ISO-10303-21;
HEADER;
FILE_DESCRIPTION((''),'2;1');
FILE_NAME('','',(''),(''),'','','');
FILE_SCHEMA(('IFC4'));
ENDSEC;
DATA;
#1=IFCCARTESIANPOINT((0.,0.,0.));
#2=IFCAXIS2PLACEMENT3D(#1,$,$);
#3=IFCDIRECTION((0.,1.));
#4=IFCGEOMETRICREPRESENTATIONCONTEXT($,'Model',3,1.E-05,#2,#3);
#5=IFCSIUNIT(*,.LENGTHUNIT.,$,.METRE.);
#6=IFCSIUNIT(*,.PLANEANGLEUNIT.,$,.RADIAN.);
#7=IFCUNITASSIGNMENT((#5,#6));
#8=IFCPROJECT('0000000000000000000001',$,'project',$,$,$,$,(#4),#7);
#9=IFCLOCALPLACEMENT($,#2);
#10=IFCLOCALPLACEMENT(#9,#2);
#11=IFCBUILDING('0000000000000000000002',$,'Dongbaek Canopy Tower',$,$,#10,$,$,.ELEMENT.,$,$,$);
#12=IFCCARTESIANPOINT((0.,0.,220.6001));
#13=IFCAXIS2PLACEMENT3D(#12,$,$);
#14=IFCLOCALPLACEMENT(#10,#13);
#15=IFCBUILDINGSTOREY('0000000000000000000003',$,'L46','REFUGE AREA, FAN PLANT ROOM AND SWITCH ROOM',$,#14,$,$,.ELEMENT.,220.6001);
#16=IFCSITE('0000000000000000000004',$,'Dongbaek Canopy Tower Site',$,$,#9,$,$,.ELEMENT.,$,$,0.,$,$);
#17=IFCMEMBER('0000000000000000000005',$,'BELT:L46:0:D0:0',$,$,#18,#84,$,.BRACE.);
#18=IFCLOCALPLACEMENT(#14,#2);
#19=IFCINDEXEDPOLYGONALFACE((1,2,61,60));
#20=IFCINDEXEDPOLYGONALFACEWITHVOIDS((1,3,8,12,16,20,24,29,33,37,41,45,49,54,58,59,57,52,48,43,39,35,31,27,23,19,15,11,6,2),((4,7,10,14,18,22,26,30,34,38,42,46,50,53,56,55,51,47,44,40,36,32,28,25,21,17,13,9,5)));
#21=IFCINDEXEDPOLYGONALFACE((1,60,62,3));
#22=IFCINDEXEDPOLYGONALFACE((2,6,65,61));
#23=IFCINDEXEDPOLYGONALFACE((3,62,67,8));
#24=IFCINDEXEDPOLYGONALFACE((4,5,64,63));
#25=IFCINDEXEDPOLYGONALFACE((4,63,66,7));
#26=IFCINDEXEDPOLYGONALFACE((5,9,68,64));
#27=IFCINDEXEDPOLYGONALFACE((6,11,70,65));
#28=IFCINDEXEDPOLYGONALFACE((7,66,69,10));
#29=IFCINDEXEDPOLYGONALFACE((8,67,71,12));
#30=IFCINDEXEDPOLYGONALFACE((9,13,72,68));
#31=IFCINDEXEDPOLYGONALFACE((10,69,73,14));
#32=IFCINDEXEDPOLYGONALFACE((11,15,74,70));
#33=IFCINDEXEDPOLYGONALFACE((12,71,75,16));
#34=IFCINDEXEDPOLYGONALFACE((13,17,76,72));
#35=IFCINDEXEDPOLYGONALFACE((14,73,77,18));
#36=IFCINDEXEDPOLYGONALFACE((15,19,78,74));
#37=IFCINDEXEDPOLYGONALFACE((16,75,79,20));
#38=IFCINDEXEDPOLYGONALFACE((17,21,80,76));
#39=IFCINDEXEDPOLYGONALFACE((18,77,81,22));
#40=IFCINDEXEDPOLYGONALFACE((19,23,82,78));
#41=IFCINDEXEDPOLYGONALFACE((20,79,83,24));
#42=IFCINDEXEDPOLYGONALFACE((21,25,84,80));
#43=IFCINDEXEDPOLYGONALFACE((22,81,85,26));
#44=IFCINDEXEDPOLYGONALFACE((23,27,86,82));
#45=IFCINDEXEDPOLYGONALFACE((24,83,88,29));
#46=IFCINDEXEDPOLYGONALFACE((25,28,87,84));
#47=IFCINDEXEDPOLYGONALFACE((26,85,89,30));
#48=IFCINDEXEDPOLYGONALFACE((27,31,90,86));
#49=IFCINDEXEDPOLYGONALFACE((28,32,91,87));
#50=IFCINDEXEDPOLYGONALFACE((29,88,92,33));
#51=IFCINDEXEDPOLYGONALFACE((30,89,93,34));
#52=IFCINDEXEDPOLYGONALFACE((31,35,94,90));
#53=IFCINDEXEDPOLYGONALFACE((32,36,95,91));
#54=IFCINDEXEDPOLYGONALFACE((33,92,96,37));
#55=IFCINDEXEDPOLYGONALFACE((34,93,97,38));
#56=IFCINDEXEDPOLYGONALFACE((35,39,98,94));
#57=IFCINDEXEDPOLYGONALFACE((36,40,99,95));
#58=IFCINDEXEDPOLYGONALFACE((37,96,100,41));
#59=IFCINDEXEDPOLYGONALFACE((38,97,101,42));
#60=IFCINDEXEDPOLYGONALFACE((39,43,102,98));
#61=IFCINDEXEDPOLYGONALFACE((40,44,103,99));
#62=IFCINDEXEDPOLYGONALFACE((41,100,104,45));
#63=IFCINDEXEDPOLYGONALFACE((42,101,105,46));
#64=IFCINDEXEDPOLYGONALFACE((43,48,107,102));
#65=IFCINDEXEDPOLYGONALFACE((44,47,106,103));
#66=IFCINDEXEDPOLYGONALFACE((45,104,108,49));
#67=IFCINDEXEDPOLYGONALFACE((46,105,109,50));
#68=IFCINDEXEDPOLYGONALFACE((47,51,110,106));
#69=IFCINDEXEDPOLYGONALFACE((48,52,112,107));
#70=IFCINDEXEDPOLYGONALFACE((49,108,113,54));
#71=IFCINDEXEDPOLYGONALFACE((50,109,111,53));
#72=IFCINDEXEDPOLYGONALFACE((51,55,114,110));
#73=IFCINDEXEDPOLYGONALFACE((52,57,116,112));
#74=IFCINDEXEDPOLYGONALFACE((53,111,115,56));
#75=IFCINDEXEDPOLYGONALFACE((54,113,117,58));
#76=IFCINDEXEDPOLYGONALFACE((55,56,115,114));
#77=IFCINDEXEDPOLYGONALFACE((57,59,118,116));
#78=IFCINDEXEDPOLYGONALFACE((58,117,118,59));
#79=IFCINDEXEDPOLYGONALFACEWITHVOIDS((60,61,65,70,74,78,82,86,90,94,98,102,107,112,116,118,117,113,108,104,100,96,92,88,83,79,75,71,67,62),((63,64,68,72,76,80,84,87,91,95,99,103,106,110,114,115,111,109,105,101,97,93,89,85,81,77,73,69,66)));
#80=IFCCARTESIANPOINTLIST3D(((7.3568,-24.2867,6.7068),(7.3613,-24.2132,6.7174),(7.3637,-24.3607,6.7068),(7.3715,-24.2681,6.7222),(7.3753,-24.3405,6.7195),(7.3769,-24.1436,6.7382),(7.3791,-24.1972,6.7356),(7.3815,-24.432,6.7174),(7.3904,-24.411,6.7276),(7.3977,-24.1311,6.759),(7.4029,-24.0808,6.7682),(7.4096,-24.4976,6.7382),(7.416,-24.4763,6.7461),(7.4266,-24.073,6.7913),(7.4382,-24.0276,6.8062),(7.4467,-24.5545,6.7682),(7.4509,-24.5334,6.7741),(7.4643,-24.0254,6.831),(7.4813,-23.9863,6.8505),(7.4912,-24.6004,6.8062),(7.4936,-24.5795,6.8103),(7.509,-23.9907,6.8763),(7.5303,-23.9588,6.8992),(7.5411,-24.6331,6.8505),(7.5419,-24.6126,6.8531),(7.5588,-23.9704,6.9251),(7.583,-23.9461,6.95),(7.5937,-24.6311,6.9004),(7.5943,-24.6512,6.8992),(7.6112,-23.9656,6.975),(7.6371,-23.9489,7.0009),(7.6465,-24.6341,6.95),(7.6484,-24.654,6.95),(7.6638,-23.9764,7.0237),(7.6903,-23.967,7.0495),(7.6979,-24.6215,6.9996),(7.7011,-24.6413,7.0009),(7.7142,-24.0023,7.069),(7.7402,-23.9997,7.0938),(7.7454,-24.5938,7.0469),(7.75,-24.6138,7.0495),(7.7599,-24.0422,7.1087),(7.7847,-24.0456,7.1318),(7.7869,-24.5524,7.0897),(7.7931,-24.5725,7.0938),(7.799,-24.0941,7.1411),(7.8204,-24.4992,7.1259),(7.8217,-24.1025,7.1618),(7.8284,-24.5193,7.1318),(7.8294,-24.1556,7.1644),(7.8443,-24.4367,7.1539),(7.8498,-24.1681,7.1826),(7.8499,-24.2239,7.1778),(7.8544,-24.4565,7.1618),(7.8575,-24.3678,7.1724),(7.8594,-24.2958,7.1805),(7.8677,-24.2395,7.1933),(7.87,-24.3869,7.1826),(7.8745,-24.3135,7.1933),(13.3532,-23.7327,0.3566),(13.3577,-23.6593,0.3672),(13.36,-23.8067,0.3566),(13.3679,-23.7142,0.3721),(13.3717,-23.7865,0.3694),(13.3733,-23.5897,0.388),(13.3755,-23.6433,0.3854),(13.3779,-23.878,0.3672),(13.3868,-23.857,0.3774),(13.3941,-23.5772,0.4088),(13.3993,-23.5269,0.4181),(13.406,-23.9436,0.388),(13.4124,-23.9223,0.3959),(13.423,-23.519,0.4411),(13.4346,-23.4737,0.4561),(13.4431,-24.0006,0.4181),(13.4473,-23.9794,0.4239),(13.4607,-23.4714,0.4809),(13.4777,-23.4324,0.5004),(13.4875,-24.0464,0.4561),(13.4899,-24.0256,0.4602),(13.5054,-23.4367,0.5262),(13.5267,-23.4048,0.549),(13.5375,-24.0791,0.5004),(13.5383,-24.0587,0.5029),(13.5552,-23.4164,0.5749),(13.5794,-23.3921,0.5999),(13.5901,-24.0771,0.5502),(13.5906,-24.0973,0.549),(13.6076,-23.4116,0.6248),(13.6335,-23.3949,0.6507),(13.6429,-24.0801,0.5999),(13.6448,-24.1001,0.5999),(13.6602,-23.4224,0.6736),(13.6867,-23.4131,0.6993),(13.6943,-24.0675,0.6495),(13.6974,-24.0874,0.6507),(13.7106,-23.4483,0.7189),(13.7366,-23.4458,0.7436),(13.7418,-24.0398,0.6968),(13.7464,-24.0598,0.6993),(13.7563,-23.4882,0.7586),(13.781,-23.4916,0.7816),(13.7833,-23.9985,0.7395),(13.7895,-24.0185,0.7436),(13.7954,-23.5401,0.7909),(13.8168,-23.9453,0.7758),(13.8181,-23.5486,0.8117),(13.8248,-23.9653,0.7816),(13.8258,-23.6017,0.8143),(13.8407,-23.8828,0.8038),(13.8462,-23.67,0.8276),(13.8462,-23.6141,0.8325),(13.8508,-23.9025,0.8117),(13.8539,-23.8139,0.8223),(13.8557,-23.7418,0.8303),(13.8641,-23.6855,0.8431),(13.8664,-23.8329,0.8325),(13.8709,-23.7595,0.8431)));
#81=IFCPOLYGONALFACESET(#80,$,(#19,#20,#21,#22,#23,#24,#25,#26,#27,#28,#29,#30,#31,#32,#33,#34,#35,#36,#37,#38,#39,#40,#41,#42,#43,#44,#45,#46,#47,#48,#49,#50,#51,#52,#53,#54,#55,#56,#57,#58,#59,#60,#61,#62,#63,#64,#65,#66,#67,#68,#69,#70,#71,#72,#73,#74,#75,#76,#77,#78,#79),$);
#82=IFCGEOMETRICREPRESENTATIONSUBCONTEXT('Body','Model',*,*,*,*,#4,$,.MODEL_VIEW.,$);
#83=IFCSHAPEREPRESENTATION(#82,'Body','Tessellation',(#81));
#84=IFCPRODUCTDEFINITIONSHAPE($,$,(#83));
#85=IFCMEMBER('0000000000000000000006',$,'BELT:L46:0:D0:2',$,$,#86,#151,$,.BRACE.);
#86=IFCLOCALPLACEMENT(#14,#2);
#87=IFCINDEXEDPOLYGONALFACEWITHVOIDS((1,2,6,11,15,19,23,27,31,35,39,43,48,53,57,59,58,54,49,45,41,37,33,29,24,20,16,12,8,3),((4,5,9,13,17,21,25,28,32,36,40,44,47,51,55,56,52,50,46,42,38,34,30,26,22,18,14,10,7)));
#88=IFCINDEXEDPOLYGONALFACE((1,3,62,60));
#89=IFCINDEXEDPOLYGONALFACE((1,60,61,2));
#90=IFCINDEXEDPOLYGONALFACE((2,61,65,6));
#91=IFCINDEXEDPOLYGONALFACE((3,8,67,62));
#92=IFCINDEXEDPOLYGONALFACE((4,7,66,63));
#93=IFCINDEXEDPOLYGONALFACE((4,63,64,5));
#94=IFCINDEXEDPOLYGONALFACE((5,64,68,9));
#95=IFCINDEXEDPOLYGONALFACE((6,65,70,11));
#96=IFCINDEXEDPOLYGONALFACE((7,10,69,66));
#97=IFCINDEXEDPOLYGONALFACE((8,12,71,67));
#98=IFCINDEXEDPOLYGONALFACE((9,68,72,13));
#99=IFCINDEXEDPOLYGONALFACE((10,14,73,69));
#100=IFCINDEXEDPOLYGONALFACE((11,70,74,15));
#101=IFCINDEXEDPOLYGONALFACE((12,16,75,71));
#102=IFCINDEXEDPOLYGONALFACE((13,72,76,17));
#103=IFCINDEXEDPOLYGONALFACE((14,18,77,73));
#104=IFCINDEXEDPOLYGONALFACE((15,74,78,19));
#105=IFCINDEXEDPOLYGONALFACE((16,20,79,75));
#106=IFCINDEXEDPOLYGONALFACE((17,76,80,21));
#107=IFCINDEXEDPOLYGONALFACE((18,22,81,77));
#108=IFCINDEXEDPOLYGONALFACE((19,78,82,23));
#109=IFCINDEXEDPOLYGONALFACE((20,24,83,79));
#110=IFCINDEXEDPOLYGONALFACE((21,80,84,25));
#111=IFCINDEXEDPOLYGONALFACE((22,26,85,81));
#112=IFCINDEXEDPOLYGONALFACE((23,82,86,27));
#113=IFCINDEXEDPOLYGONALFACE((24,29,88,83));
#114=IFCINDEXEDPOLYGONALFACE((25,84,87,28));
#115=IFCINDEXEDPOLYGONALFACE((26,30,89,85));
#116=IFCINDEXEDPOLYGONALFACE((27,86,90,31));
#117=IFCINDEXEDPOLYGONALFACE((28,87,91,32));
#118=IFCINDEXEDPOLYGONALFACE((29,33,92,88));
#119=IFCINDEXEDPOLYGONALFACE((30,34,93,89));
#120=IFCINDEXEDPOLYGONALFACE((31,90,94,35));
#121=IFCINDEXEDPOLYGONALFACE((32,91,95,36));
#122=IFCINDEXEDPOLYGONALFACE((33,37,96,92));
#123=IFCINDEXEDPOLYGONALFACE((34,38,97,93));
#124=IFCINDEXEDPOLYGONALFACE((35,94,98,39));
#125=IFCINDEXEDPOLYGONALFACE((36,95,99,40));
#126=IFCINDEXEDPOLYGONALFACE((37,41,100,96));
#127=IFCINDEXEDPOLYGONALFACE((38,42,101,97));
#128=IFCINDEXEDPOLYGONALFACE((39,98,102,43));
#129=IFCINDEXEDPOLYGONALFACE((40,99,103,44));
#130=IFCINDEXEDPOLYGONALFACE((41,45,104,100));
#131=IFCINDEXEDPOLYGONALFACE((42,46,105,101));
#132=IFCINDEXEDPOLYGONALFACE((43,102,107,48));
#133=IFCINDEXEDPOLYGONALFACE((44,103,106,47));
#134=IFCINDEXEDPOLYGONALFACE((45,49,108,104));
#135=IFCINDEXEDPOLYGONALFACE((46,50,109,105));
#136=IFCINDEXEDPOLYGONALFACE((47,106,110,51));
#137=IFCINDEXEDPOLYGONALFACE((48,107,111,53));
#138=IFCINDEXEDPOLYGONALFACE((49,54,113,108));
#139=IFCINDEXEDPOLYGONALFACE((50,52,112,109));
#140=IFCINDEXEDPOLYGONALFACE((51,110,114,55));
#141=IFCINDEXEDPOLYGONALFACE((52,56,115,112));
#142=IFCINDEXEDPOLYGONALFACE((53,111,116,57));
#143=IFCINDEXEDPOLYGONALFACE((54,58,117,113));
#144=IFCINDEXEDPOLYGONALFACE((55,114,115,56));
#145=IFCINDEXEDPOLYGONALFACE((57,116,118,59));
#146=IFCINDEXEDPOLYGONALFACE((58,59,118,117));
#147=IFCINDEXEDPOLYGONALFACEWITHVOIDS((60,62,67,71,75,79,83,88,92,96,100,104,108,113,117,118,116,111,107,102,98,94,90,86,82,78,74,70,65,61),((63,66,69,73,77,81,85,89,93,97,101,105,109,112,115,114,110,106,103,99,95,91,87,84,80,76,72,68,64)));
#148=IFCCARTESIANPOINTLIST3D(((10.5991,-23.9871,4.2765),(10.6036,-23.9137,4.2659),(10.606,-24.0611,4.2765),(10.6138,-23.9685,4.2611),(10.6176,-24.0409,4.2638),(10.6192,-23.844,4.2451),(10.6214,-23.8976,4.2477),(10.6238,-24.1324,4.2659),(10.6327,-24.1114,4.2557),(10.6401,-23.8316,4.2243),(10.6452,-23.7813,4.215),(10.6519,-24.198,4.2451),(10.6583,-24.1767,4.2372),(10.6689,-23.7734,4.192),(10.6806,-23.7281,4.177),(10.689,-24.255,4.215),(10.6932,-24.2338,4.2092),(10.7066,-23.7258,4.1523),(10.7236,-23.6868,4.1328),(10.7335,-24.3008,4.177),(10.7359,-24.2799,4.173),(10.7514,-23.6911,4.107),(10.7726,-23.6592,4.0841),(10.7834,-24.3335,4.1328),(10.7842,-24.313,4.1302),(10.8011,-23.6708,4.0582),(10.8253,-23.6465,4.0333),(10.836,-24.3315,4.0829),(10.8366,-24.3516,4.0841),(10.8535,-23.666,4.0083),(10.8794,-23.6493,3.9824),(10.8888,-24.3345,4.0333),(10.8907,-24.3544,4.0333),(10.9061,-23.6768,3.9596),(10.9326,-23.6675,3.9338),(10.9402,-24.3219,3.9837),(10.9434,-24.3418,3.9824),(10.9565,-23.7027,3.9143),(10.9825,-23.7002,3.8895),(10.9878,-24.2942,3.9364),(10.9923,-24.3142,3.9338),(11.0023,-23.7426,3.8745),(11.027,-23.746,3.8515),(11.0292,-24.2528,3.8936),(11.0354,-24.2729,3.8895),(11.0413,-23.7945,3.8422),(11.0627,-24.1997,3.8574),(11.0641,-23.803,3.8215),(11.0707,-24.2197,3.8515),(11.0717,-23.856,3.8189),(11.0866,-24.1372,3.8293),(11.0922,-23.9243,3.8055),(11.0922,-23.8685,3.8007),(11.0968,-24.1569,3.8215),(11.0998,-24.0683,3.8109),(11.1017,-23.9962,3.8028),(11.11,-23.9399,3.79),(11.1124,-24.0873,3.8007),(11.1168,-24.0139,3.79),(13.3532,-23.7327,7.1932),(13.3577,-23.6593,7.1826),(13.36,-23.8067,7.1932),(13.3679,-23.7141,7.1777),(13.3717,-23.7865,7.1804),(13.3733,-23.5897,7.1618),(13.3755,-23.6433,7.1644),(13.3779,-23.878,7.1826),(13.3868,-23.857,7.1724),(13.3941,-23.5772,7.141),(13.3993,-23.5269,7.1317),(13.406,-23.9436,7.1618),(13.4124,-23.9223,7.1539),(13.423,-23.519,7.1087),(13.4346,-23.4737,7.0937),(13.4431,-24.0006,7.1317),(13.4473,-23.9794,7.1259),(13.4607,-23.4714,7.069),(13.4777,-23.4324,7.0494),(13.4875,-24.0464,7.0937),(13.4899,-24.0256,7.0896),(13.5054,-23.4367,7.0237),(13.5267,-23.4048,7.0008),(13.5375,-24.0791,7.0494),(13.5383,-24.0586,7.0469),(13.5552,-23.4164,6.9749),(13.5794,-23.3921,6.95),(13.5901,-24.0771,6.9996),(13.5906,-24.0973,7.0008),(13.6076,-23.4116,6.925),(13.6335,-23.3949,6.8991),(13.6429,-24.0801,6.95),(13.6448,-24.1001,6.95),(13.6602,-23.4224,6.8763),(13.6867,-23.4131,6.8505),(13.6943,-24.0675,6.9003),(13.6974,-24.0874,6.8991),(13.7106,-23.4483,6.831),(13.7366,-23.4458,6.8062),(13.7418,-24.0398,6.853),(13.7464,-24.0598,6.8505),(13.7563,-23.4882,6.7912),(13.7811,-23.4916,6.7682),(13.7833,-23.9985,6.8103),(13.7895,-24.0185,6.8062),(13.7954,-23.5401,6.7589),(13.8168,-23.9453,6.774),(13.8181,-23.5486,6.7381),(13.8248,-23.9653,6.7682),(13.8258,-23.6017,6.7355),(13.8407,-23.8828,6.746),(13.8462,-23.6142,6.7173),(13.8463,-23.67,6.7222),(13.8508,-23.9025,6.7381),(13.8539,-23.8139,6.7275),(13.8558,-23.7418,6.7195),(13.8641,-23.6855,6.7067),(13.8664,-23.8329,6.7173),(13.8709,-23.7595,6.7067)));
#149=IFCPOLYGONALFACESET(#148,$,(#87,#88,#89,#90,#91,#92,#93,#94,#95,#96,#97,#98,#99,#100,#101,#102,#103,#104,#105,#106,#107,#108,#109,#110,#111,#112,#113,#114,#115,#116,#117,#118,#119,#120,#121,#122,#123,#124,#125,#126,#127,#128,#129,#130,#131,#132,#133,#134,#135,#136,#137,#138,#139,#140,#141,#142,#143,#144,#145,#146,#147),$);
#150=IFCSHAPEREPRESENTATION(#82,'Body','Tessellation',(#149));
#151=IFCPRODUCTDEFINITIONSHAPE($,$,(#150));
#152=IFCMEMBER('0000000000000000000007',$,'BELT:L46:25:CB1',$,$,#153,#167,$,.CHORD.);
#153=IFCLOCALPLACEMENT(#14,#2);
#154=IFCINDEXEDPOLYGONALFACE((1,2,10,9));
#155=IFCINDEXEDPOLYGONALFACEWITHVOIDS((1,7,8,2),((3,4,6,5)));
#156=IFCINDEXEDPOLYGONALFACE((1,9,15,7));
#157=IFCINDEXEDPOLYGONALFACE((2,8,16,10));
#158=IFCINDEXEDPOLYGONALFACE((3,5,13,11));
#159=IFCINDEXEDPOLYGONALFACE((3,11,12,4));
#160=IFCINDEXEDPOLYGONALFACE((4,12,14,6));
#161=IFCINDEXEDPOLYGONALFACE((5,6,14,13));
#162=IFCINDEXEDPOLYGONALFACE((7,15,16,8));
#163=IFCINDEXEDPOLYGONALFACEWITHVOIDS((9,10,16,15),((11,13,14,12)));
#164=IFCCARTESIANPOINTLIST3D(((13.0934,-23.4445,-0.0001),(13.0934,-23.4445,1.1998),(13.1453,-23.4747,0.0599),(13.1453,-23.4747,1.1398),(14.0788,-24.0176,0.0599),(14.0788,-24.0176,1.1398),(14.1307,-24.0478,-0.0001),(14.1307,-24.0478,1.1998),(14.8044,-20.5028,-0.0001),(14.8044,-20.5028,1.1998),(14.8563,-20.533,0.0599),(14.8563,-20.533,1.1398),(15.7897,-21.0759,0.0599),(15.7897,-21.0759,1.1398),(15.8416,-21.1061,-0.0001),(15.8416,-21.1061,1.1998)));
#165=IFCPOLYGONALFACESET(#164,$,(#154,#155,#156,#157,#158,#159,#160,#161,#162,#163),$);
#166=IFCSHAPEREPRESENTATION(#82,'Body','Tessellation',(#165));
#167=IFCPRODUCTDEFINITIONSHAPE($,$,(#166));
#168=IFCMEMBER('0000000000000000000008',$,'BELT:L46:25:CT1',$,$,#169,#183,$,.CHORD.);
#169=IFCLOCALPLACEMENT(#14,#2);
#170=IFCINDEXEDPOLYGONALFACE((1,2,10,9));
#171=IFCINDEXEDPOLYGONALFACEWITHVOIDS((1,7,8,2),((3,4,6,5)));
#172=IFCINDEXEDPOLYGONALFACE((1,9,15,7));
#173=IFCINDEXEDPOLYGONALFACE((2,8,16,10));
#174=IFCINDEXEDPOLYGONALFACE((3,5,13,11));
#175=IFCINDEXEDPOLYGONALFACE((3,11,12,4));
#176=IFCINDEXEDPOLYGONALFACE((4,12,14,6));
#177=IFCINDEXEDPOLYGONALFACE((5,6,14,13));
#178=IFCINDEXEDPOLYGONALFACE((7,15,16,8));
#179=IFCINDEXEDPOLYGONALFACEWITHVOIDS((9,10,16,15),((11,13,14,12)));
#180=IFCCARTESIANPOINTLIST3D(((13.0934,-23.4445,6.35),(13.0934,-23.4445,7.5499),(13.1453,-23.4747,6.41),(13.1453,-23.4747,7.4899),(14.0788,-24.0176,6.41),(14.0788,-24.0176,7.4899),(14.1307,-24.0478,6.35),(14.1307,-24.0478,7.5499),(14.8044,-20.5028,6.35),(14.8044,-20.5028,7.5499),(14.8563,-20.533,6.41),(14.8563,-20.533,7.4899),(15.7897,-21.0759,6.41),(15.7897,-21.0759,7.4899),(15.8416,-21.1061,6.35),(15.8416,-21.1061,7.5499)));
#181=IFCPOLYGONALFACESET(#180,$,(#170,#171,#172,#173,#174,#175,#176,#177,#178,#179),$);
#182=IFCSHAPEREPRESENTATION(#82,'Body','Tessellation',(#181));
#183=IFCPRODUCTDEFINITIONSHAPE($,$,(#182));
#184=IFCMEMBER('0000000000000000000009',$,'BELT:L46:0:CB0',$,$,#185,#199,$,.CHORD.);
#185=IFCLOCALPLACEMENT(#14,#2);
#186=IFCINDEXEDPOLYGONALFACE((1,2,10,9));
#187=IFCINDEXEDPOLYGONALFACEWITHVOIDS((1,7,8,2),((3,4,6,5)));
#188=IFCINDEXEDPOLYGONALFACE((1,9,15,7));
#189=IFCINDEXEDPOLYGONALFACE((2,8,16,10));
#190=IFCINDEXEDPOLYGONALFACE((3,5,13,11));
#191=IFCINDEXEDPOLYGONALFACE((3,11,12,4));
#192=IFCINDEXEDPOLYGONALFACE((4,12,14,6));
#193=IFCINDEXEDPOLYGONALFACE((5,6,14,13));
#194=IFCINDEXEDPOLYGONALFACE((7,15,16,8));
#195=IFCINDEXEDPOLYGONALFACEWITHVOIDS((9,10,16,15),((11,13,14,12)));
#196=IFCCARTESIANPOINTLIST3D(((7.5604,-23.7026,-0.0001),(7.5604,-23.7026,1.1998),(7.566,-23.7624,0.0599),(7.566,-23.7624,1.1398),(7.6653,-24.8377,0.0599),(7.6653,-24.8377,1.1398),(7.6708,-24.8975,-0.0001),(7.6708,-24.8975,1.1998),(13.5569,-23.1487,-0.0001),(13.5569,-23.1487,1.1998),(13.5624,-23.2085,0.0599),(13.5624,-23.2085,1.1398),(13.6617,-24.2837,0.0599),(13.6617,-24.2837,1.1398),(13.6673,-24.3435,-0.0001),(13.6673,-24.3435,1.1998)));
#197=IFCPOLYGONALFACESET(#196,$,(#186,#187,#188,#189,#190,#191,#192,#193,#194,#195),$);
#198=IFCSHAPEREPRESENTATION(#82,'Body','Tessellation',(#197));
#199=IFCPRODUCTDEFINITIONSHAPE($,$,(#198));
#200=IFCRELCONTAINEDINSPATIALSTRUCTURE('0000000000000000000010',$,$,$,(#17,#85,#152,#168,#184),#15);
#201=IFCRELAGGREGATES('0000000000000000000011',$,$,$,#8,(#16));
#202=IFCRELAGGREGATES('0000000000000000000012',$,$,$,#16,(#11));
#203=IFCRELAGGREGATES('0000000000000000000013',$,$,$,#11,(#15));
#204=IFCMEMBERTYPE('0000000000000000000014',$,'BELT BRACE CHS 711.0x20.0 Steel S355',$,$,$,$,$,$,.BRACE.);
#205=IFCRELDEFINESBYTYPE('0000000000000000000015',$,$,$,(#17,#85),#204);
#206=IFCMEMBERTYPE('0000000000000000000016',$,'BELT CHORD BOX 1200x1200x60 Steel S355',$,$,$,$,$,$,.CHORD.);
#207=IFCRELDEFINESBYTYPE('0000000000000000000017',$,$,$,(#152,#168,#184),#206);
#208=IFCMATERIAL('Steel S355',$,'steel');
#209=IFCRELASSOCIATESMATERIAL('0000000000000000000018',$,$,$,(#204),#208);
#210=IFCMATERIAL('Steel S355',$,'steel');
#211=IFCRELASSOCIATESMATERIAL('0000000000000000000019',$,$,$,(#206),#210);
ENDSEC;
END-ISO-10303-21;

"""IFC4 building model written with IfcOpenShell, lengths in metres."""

from ifc_helpers import new_model, si_unit, direction, frame, origin, origin_2d, place, context, subcontext, project, spatial, hollow_rectangle, hollow_circle, extrude, material, material_profile, profile_set, type_object, element, save


model = new_model("IFC4")

# Units and contexts
model_context = context("Model", 3, precision=1e-05, world=origin(), true_north=direction((0.0, 1.0)))
body_context = subcontext(model_context, "Body", "Model", "MODEL_VIEW")
ifc_project = project(units=[si_unit("LENGTHUNIT", "METRE"), si_unit("PLANEANGLEUNIT", "RADIAN")], contexts=[model_context])

# Site, building, storey
site_placement = place(None, origin())
site = spatial("IfcSite", under=ifc_project, at=site_placement, Name="Dongbaek Canopy Tower Site", CompositionType="ELEMENT", RefElevation=0.0)
building_placement = place(site_placement, origin())
building = spatial("IfcBuilding", under=site, at=building_placement, Name="Dongbaek Canopy Tower", CompositionType="ELEMENT")
storey_placement = place(building_placement, frame((0.0, 0.0, 220.6001)))
storey = spatial("IfcBuildingStorey", under=building, at=storey_placement, Name="L46", Description="REFUGE AREA, FAN PLANT ROOM AND SWITCH ROOM", CompositionType="ELEMENT", Elevation=220.6001)

# Members
ifc_material_1 = material(Name="Steel S355", Category="steel")
ifc_material_profile_1 = material_profile(ifc_material_1, hollow_circle(Radius=0.3555, WallThickness=0.02, at=origin_2d()), Name="BELT BRACE CHS 711.0x20.0 Steel S355")
ifc_profile_set_1 = profile_set([ifc_material_profile_1], Name="Steel S355")
member_type_1 = type_object("IfcMemberType", Name="BELT BRACE CHS 711.0x20.0 Steel S355", PredefinedType="BRACE", material=ifc_profile_set_1)
member_1_placement = place(storey_placement, frame((13.6121, -23.7461, 0.5999), z_axis=(-0.685188, -0.063299, 0.725611), x_axis=(0.091991, -0.99576, 0.0)))
element("IfcMember", 1, at=member_1_placement, inside=storey, type_object=member_type_1, Name="BELT:L46:0:D0:0", PredefinedType="BRACE", context=body_context, shape_type="SweptSolid", body=[
    extrude(hollow_circle(Radius=0.3555, WallThickness=0.02, at=origin_2d()), origin(), (0.0, 0.0, 1.0), 8.7515),
])
member_2_placement = place(storey_placement, frame((13.6121, -23.7461, 6.95), z_axis=(-0.685174, -0.063288, -0.725625), x_axis=(0.091976, -0.995761, 0.0)))
element("IfcMember", 2, at=member_2_placement, inside=storey, type_object=member_type_1, Name="BELT:L46:0:D0:2", PredefinedType="BRACE", context=body_context, shape_type="SweptSolid", body=[
    extrude(hollow_circle(Radius=0.3555, WallThickness=0.02, at=origin_2d()), origin(), (0.0, 0.0, 1.0), 4.0195),
])
ifc_material_2 = material(Name="Steel S355", Category="steel")
ifc_material_profile_2 = material_profile(ifc_material_2, hollow_rectangle(XDim=1.2, YDim=1.2, WallThickness=0.0601, at=origin_2d()), Name="BELT CHORD BOX 1200x1200x60 Steel S355")
ifc_profile_set_2 = profile_set([ifc_material_profile_2], Name="Steel S355")
member_type_2 = type_object("IfcMemberType", Name="BELT CHORD BOX 1200x1200x60 Steel S355", PredefinedType="CHORD", material=ifc_profile_set_2)
for number, where, z_axis, x_axis, name in (
    (3, (15.323, -20.8044, 0.5999), (-0.502769, -0.864421, 0.0), (0.864421, -0.502769, 0.0), "BELT:L46:25:CB1"),
    (4, (15.323, -20.8044, 6.95), (-0.502769, -0.864421, 0.0), (0.864421, -0.502769, 0.0), "BELT:L46:25:CT1"),
):
    element("IfcMember", number, at=place(storey_placement, frame(where, z_axis=z_axis, x_axis=x_axis)), inside=storey, type_object=member_type_2, Name=name, PredefinedType="CHORD", context=body_context, shape_type="SweptSolid", body=[
        extrude(hollow_rectangle(XDim=1.2, YDim=1.2, WallThickness=0.0601, at=origin_2d()), origin(), (0.0, 0.0, 1.0), 3.4031),
    ])
for number, where, z_axis, x_axis, name in (
    (5, (13.6121, -23.7461, 0.5999), (-0.99576, -0.091991, 0.0), (0.091991, -0.99576, 0.0), "BELT:L46:0:CB0"),
):
    element("IfcMember", number, at=place(storey_placement, frame(where, z_axis=z_axis, x_axis=x_axis)), inside=storey, type_object=member_type_2, Name=name, PredefinedType="CHORD", context=body_context, shape_type="SweptSolid", body=[
        extrude(hollow_rectangle(XDim=1.2, YDim=1.2, WallThickness=0.0601, at=origin_2d()), origin(), (0.0, 0.0, 1.0), 6.022),
    ])

save(model, "model.ifc")
